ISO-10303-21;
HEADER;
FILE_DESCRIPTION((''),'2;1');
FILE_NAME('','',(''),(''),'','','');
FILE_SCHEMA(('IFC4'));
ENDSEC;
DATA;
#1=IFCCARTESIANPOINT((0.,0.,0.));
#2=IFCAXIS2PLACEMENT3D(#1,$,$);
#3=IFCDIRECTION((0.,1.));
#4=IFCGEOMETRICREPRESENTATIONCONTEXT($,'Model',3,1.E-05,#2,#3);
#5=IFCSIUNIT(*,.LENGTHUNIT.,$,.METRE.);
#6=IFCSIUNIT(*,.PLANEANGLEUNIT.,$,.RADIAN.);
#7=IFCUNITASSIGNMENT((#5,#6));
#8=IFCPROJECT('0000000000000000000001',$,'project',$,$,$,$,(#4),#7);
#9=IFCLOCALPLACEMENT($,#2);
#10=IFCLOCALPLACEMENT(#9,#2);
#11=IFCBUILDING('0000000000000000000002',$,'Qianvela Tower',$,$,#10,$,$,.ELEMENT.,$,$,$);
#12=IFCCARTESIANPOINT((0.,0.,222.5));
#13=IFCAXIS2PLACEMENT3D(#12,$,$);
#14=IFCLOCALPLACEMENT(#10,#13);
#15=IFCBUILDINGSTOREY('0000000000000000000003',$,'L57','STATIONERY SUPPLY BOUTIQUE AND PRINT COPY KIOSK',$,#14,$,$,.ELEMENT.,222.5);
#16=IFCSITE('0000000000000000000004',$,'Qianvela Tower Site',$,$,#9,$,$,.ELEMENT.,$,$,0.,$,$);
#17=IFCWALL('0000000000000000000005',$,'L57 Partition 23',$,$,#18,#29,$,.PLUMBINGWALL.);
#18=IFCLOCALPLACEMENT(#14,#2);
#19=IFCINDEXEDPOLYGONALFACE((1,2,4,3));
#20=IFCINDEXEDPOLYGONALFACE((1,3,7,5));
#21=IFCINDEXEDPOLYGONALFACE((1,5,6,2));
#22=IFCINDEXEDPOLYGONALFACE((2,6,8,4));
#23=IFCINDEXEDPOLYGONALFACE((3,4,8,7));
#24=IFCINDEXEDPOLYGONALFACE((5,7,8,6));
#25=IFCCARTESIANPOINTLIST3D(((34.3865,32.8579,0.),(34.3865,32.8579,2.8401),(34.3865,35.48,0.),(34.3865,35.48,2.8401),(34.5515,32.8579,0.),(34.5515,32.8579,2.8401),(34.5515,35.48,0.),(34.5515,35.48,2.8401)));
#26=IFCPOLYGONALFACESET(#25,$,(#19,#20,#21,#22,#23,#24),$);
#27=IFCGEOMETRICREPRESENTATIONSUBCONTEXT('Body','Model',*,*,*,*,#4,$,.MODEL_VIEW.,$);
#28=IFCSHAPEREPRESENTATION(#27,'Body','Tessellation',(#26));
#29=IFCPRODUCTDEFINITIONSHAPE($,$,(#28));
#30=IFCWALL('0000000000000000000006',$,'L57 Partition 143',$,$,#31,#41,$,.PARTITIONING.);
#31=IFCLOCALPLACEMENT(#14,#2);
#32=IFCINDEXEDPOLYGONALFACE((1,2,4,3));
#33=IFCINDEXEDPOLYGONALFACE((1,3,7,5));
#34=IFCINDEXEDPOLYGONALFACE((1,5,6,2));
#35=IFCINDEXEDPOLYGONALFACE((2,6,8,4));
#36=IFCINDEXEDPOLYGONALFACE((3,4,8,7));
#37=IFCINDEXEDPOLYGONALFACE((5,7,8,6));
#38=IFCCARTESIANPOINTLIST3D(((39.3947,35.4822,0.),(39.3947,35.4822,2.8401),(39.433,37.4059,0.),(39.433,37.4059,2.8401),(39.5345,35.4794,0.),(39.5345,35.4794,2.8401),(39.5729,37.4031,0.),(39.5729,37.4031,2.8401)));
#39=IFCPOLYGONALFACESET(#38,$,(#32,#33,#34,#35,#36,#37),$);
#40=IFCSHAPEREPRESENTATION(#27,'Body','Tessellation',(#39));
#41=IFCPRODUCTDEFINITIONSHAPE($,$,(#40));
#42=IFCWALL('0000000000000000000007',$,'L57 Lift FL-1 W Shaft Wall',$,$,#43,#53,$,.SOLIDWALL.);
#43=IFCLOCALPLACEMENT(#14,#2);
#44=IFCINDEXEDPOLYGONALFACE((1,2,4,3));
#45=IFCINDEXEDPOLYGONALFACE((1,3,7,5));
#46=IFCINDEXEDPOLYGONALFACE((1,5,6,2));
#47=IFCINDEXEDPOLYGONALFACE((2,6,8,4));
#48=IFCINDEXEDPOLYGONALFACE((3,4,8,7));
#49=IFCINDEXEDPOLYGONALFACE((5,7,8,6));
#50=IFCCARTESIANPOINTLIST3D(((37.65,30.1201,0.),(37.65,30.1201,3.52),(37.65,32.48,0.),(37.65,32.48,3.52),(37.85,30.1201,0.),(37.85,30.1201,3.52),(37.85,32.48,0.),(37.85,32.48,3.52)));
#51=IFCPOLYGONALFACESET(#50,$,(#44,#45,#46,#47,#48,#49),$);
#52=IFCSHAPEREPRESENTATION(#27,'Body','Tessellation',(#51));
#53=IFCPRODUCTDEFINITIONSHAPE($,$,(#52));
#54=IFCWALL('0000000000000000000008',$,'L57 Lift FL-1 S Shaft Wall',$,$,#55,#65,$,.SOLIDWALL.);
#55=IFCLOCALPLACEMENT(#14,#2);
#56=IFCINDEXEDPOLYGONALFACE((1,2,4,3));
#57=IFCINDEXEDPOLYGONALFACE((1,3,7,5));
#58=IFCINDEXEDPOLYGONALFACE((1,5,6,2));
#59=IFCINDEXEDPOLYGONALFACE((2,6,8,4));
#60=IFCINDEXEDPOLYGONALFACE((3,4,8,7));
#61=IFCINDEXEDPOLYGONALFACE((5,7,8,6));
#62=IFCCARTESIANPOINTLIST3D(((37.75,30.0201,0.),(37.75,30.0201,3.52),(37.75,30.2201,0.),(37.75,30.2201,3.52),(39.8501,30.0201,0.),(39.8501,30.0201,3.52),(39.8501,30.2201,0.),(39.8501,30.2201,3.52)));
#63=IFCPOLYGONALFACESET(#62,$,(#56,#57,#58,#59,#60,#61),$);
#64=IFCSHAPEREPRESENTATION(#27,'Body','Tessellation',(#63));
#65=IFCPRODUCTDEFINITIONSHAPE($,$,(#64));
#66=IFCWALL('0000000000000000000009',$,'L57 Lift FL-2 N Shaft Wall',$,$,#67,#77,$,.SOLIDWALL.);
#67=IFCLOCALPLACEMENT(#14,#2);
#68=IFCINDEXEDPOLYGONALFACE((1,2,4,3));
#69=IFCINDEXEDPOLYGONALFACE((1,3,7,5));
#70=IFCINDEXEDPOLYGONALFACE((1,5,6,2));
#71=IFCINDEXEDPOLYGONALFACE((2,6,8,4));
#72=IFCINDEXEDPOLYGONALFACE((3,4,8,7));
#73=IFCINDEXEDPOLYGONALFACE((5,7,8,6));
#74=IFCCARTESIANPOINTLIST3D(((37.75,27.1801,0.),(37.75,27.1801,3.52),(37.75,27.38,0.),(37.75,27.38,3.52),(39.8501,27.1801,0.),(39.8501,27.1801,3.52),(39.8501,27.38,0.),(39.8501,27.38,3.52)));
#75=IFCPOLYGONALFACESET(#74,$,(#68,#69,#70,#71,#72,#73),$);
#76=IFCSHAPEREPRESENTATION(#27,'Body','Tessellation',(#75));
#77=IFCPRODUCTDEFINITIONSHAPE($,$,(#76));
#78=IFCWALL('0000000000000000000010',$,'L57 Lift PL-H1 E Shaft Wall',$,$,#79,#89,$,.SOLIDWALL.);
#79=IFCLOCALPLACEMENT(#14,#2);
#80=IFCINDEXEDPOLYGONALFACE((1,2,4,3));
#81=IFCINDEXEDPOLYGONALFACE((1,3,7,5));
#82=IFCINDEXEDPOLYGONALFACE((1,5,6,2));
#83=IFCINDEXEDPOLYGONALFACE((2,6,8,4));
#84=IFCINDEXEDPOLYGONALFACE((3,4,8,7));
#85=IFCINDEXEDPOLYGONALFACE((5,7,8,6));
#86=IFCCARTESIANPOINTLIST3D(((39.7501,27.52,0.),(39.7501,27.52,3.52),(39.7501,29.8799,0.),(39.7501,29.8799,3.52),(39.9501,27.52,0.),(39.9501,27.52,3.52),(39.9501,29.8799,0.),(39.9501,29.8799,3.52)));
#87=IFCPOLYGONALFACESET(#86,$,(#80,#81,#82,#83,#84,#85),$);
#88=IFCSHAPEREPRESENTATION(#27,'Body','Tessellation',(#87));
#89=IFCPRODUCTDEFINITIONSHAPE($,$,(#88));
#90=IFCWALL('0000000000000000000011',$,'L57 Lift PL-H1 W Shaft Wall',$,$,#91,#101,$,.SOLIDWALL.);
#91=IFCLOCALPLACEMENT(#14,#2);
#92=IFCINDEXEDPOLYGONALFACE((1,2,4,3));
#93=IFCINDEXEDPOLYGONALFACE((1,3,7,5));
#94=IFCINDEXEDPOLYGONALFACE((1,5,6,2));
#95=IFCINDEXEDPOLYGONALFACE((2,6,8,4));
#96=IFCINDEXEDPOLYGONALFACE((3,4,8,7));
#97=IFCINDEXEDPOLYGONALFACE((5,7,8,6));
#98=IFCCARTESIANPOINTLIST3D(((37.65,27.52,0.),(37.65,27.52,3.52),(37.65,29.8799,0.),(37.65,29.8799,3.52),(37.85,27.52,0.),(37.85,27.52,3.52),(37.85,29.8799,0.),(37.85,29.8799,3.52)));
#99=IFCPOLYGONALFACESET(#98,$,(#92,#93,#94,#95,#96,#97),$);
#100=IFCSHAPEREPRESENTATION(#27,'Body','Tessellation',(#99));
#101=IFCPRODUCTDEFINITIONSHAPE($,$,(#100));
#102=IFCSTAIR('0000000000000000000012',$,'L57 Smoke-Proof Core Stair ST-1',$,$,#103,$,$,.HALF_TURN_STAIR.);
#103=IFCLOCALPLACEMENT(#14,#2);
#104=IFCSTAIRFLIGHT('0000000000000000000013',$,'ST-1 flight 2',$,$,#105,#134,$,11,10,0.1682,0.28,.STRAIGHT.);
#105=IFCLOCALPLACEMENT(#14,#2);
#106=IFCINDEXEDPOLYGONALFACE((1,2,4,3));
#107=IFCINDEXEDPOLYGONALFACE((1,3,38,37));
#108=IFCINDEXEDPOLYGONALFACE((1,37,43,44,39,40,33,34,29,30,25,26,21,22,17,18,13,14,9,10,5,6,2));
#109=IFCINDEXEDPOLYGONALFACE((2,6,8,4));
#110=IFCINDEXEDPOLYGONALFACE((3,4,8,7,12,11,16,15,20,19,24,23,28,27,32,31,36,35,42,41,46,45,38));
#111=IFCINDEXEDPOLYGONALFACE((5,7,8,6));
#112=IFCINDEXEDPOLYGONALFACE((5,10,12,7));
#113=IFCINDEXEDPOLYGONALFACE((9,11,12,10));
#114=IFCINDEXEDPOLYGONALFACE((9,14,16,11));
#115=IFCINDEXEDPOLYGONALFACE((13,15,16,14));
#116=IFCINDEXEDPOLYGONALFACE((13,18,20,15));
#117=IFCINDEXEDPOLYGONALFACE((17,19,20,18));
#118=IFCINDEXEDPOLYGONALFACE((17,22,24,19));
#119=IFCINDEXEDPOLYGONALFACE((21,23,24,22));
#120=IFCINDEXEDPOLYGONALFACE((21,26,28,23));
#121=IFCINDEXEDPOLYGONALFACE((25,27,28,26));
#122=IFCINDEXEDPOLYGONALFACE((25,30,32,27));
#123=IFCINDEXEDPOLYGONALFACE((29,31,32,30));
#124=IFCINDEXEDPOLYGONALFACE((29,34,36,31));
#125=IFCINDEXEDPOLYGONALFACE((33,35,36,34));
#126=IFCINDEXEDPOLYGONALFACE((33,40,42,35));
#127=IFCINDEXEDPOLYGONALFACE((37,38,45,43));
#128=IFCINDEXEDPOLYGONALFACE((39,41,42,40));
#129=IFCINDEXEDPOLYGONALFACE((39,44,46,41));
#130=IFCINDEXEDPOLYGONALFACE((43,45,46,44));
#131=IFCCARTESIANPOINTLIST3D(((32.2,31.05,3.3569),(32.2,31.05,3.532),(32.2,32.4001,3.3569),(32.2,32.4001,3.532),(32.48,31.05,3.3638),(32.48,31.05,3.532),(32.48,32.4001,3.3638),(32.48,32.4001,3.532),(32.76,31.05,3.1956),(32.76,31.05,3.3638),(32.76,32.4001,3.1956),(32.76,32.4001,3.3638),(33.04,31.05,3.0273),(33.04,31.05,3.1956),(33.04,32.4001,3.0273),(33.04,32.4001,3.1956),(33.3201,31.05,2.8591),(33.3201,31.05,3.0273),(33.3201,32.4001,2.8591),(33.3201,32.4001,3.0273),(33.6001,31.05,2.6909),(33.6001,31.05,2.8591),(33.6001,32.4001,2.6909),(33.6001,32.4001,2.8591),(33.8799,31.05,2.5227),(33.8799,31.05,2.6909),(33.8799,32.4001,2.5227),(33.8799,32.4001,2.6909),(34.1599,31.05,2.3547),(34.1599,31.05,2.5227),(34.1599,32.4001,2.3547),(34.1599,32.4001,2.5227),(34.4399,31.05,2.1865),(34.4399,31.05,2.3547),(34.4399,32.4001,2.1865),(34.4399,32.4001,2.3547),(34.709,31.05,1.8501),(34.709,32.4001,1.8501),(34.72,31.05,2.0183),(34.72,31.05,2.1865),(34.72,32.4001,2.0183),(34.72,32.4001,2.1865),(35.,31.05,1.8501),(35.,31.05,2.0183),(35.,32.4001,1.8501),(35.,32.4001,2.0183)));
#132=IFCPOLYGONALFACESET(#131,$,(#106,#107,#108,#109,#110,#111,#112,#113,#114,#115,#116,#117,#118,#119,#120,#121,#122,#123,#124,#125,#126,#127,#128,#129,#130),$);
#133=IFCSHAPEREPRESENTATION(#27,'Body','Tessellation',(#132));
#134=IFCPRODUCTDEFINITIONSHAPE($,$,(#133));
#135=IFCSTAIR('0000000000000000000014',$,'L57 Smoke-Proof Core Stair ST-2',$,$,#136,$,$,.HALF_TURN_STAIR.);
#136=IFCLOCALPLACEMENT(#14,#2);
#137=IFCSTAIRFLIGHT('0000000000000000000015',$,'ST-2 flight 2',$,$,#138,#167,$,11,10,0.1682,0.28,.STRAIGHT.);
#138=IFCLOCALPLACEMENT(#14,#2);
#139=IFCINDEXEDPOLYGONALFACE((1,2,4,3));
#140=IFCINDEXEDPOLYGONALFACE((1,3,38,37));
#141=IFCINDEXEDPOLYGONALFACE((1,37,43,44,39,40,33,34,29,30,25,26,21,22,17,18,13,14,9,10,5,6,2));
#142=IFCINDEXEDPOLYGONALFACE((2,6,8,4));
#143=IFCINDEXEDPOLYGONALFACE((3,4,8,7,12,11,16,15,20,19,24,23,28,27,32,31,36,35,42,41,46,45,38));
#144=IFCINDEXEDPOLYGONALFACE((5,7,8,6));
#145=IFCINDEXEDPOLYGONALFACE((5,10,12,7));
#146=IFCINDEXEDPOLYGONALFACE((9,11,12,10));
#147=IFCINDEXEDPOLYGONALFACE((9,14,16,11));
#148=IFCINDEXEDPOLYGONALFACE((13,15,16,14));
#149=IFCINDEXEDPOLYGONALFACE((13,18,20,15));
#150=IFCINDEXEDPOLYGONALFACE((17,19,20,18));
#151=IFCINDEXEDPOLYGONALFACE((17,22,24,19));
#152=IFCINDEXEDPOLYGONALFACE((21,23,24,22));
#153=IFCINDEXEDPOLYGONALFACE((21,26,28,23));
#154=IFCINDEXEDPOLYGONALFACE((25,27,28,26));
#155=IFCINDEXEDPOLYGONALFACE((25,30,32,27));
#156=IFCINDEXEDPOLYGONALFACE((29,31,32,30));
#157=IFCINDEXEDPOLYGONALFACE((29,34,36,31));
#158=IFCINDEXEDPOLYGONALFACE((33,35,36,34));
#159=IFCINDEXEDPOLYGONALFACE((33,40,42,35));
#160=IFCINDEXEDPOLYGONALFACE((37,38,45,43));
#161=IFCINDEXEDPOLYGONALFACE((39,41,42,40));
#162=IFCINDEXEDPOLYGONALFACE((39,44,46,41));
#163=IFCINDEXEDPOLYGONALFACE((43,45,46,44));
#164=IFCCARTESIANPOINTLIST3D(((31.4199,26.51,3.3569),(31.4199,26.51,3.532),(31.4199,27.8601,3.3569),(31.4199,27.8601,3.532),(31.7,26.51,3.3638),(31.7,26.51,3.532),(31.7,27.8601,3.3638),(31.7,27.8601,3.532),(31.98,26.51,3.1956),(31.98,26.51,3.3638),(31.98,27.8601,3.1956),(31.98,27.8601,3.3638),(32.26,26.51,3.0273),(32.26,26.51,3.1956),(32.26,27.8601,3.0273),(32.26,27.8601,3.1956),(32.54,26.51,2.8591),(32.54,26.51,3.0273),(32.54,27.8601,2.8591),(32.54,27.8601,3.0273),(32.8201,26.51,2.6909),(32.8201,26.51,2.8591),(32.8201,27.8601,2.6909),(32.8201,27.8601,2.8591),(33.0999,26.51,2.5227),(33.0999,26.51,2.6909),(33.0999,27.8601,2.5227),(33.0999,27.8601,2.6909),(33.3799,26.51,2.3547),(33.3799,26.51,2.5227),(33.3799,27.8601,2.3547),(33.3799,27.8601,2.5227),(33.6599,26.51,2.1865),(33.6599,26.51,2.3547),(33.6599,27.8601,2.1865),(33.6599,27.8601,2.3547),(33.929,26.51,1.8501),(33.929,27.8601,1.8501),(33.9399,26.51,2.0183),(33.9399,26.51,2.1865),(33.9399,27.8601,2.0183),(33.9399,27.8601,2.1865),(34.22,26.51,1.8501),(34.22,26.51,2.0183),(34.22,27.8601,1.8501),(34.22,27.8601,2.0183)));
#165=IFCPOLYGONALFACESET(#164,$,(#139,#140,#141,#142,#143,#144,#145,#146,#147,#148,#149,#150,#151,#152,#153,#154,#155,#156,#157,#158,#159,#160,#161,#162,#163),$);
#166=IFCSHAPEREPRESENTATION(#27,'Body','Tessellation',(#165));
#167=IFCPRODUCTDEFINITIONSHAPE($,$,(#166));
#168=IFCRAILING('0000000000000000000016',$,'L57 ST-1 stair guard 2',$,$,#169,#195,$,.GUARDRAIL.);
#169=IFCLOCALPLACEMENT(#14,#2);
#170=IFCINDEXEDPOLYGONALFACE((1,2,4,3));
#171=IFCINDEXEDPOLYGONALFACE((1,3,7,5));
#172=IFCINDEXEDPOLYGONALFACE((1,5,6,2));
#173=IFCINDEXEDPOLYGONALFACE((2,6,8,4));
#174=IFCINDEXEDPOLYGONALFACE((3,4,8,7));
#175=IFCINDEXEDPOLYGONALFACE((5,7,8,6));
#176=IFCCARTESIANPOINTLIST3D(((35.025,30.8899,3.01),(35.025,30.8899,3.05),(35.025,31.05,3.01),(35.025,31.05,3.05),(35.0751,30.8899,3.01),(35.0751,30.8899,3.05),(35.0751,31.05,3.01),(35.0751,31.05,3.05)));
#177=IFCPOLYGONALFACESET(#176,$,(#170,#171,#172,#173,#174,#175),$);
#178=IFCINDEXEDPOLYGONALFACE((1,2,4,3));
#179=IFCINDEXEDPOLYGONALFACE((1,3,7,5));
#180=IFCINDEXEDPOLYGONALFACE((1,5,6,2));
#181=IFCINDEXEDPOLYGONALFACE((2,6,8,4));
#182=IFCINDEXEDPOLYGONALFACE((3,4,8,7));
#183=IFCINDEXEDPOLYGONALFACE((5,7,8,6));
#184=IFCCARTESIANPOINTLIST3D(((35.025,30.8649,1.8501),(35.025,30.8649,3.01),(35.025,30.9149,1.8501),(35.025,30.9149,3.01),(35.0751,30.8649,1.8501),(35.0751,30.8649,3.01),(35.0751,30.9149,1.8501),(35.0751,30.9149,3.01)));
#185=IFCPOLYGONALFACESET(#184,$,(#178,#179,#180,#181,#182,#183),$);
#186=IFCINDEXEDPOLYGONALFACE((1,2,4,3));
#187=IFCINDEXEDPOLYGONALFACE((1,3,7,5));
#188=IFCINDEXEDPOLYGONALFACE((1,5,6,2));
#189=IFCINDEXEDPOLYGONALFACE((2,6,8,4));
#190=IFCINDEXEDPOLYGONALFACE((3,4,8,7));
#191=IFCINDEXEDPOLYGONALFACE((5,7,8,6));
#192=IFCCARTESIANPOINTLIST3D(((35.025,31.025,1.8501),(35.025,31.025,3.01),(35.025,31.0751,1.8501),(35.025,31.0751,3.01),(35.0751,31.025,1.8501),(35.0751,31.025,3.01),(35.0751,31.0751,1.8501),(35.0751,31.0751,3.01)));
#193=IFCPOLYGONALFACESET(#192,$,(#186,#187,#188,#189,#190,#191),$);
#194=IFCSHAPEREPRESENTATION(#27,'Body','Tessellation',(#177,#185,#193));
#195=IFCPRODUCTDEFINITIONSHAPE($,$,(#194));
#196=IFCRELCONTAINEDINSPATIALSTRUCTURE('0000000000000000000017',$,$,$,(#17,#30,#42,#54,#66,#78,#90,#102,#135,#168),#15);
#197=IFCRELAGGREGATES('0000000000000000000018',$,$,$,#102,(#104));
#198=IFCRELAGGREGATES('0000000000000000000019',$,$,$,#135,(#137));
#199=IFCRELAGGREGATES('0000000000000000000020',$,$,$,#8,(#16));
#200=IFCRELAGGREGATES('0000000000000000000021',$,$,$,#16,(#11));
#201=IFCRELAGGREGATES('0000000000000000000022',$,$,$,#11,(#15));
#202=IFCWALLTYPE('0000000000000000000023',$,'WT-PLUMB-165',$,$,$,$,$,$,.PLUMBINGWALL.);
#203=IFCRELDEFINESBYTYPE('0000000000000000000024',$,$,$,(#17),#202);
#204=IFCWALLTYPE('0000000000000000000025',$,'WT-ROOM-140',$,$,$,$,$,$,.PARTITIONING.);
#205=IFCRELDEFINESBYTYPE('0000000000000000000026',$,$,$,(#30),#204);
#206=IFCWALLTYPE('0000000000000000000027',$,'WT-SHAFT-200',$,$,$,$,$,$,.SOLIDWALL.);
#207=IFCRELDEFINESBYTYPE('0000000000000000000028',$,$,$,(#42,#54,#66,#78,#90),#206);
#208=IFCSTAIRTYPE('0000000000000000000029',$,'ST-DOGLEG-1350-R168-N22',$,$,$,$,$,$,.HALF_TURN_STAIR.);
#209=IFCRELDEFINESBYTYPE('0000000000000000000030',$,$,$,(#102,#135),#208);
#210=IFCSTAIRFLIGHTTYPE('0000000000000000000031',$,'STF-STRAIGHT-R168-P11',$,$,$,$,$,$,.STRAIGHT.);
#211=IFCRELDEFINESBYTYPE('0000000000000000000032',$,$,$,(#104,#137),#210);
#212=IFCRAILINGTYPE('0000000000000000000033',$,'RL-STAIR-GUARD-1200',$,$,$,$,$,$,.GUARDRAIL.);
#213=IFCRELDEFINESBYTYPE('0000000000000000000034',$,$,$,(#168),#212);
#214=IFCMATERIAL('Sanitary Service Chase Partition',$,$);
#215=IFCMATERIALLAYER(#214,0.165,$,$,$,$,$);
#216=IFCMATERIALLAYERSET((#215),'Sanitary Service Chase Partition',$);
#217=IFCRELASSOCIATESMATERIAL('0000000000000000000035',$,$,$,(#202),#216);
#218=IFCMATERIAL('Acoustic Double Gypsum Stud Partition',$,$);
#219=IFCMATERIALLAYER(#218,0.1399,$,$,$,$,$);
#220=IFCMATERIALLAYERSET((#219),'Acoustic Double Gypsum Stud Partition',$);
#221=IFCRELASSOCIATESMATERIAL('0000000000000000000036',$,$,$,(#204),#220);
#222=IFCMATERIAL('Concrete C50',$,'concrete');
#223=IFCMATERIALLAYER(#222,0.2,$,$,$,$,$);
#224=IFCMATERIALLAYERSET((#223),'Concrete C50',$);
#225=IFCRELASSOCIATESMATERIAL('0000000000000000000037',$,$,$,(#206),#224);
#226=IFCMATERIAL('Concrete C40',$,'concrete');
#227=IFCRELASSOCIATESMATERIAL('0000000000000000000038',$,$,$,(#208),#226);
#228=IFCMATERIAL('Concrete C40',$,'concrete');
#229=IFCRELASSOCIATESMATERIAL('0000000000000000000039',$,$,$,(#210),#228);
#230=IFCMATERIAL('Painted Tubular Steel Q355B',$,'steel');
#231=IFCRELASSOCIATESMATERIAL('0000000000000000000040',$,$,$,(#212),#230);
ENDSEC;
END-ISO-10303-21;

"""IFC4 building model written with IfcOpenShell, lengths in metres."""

from ifc_helpers import new_model, si_unit, direction, frame, frame_2d, origin, origin_2d, place, context, subcontext, project, spatial, polyline, rectangle, outline, extrude, material, layer, layer_set, type_object, element, aggregate, save


model = new_model("IFC4")

# Units and contexts
model_context = context("Model", 3, precision=1e-05, world=origin(), true_north=direction((0.0, 1.0)))
body_context = subcontext(model_context, "Body", "Model", "MODEL_VIEW")
ifc_project = project(units=[si_unit("LENGTHUNIT", "METRE"), si_unit("PLANEANGLEUNIT", "RADIAN")], contexts=[model_context])

# Site, building, storey
site_placement = place(None, origin())
site = spatial("IfcSite", under=ifc_project, at=site_placement, Name="Qianvela Tower Site", CompositionType="ELEMENT", RefElevation=0.0)
building_placement = place(site_placement, origin())
building = spatial("IfcBuilding", under=site, at=building_placement, Name="Qianvela Tower", CompositionType="ELEMENT")
storey_placement = place(building_placement, frame((0.0, 0.0, 222.5)))
storey = spatial("IfcBuildingStorey", under=building, at=storey_placement, Name="L57", Description="STATIONERY SUPPLY BOUTIQUE AND PRINT COPY KIOSK", CompositionType="ELEMENT", Elevation=222.5)

# Walls
ifc_material_1 = material(Name="Sanitary Service Chase Partition")
ifc_layer_1 = layer(ifc_material_1, 0.165)
ifc_layer_set_1 = layer_set([ifc_layer_1], Name="Sanitary Service Chase Partition")
wall_type_1 = type_object("IfcWallType", Name="WT-PLUMB-165", PredefinedType="PLUMBINGWALL", material=ifc_layer_set_1)
wall_1_placement = place(storey_placement, frame((34.469, 35.48, 0.0), z_axis=(0.0, 0.0, 1.0), x_axis=(0.0, -1.0, 0.0)))
element("IfcWall", 1, at=wall_1_placement, inside=storey, type_object=wall_type_1, Name="L57 Partition 23", PredefinedType="PLUMBINGWALL", context=body_context, shape_type="SweptSolid", body=[
    extrude(rectangle(XDim=2.6221, YDim=0.165, at=frame_2d((1.311, 0.0))), origin(), (0.0, 0.0, 1.0), 2.8401),
])
ifc_material_2 = material(Name="Acoustic Double Gypsum Stud Partition")
ifc_layer_2 = layer(ifc_material_2, 0.1399)
ifc_layer_set_2 = layer_set([ifc_layer_2], Name="Acoustic Double Gypsum Stud Partition")
wall_type_2 = type_object("IfcWallType", Name="WT-ROOM-140", PredefinedType="PARTITIONING", material=ifc_layer_set_2)
wall_2_placement = place(storey_placement, frame((39.4646, 35.481, 0.0), z_axis=(0.0, 0.0, 1.0), x_axis=(0.019922, 0.999802, 0.0)))
element("IfcWall", 2, at=wall_2_placement, inside=storey, type_object=wall_type_2, Name="L57 Partition 143", PredefinedType="PARTITIONING", context=body_context, shape_type="SweptSolid", body=[
    extrude(rectangle(XDim=1.9241, YDim=0.1399, at=frame_2d((0.9619, 0.0))), origin(), (0.0, 0.0, 1.0), 2.8401),
])

# Shared definitions
ifc_material_3 = material(Name="Concrete C50", Category="concrete")
ifc_layer_3 = layer(ifc_material_3, 0.2)
ifc_layer_set_3 = layer_set([ifc_layer_3], Name="Concrete C50")
wall_type_3 = type_object("IfcWallType", Name="WT-SHAFT-200", PredefinedType="SOLIDWALL", material=ifc_layer_set_3)

# Walls
wall_3_placement = place(storey_placement, frame((37.75, 30.1201, 0.0), z_axis=(0.0, 0.0, 1.0), x_axis=(0.0, 1.0, 0.0)))
element("IfcWall", 3, at=wall_3_placement, inside=storey, type_object=wall_type_3, Name="L57 Lift FL-1 W Shaft Wall", PredefinedType="SOLIDWALL", context=body_context, shape_type="SweptSolid", body=[
    extrude(rectangle(XDim=2.3599, YDim=0.2, at=frame_2d((1.1799, 0.0))), origin(), (0.0, 0.0, 1.0), 3.52),
])
for number, where, z_axis, x_axis, name in (
    (4, (37.75, 30.1201, 0.0), (0.0, 0.0, 1.0), (1.0, 0.0, 0.0), "L57 Lift FL-1 S Shaft Wall"),
    (5, (37.75, 27.28, 0.0), (0.0, 0.0, 1.0), (1.0, 0.0, 0.0), "L57 Lift FL-2 N Shaft Wall"),
):
    element("IfcWall", number, at=place(storey_placement, frame(where, z_axis=z_axis, x_axis=x_axis)), inside=storey, type_object=wall_type_3, Name=name, PredefinedType="SOLIDWALL", context=body_context, shape_type="SweptSolid", body=[
        extrude(rectangle(XDim=2.1001, YDim=0.2, at=frame_2d((1.05, 0.0))), origin(), (0.0, 0.0, 1.0), 3.52),
    ])
for number, where, z_axis, x_axis, name in (
    (6, (39.8501, 27.52, 0.0), (0.0, 0.0, 1.0), (0.0, 1.0, 0.0), "L57 Lift PL-H1 E Shaft Wall"),
    (7, (37.75, 27.52, 0.0), (0.0, 0.0, 1.0), (0.0, 1.0, 0.0), "L57 Lift PL-H1 W Shaft Wall"),
):
    element("IfcWall", number, at=place(storey_placement, frame(where, z_axis=z_axis, x_axis=x_axis)), inside=storey, type_object=wall_type_3, Name=name, PredefinedType="SOLIDWALL", context=body_context, shape_type="SweptSolid", body=[
        extrude(rectangle(XDim=2.3599, YDim=0.2, at=frame_2d((1.1799, 0.0))), origin(), (0.0, 0.0, 1.0), 3.52),
    ])

# Stairs, stair flights
ifc_material_4 = material(Name="Concrete C40", Category="concrete")
stair_type = type_object("IfcStairType", Name="ST-DOGLEG-1350-R168-N22", PredefinedType="HALF_TURN_STAIR", material=ifc_material_4)
stair_1_placement = place(storey_placement, origin())
stair_1 = element("IfcStair", 8, at=stair_1_placement, inside=storey, type_object=stair_type, Name="L57 Smoke-Proof Core Stair ST-1", PredefinedType="HALF_TURN_STAIR")
ifc_material_5 = material(Name="Concrete C40", Category="concrete")
stair_flight_type = type_object("IfcStairFlightType", Name="STF-STRAIGHT-R168-P11", PredefinedType="STRAIGHT", material=ifc_material_5)
stair_flight_1_placement = place(storey_placement, frame((35.0, 31.7251, 1.8501), z_axis=(0.0, 0.0, 1.0), x_axis=(-1.0, 0.0, 0.0)))
stair_flight_1 = element("IfcStairFlight", 9, at=stair_flight_1_placement, type_object=stair_flight_type, Name="ST-1 flight 2", NumberOfRisers=11, NumberOfTreads=10, PredefinedType="STRAIGHT", RiserHeight=0.1682, TreadLength=0.28, context=body_context, shape_type="SweptSolid", body=[
    extrude(outline(polyline([(0.0, 0.0), (0.0, 0.1682), (0.28, 0.1682), (0.28, 0.3364), (0.5601, 0.3364), (0.5601, 0.5046), (0.8401, 0.5046), (0.8401, 0.6726), (1.1201, 0.6726), (1.1201, 0.8408), (1.3999, 0.8408), (1.3999, 1.009), (1.6799, 1.009), (1.6799, 1.1772), (1.96, 1.1772), (1.96, 1.3455), (2.24, 1.3455), (2.24, 1.5137), (2.52, 1.5137), (2.52, 1.6819), (2.8, 1.6819), (2.8, 1.8501), (2.8, 1.5068), (0.291, 0.0), (0.0, 0.0)])), frame((0.0, 0.675, 0.0), z_axis=(0.0, -1.0, 0.0), x_axis=(1.0, 0.0, 0.0)), (0.0, 0.0, 1.0), 1.3501),
])
aggregate(stair_1, [stair_flight_1])
stair_2_placement = place(storey_placement, origin())
stair_2 = element("IfcStair", 10, at=stair_2_placement, inside=storey, type_object=stair_type, Name="L57 Smoke-Proof Core Stair ST-2", PredefinedType="HALF_TURN_STAIR")
stair_flight_2_placement = place(storey_placement, frame((34.22, 27.1851, 1.8501), z_axis=(0.0, 0.0, 1.0), x_axis=(-1.0, 0.0, 0.0)))
stair_flight_2 = element("IfcStairFlight", 11, at=stair_flight_2_placement, type_object=stair_flight_type, Name="ST-2 flight 2", NumberOfRisers=11, NumberOfTreads=10, PredefinedType="STRAIGHT", RiserHeight=0.1682, TreadLength=0.28, context=body_context, shape_type="SweptSolid", body=[
    extrude(outline(polyline([(0.0, 0.0), (0.0, 0.1682), (0.28, 0.1682), (0.28, 0.3364), (0.5601, 0.3364), (0.5601, 0.5046), (0.8401, 0.5046), (0.8401, 0.6726), (1.1201, 0.6726), (1.1201, 0.8408), (1.3999, 0.8408), (1.3999, 1.009), (1.6799, 1.009), (1.6799, 1.1772), (1.96, 1.1772), (1.96, 1.3455), (2.24, 1.3455), (2.24, 1.5137), (2.52, 1.5137), (2.52, 1.6819), (2.8, 1.6819), (2.8, 1.8501), (2.8, 1.5068), (0.291, 0.0), (0.0, 0.0)])), frame((0.0, 0.675, 0.0), z_axis=(0.0, -1.0, 0.0), x_axis=(1.0, 0.0, 0.0)), (0.0, 0.0, 1.0), 1.3501),
])
aggregate(stair_2, [stair_flight_2])

# Railing
ifc_material_6 = material(Name="Painted Tubular Steel Q355B", Category="steel")
railing_type_1 = type_object("IfcRailingType", Name="RL-STAIR-GUARD-1200", PredefinedType="GUARDRAIL", material=ifc_material_6)
railing_placement = place(storey_placement, frame((35.05, 30.8899, 1.8501)))
element("IfcRailing", 12, at=railing_placement, inside=storey, type_object=railing_type_1, Name="L57 ST-1 stair guard 2", PredefinedType="GUARDRAIL", context=body_context, shape_type="SweptSolid", body=[
    extrude(rectangle(XDim=0.05, YDim=0.04, at=origin_2d()), frame((0.0, 0.0, 1.1799), z_axis=(0.0, 1.0, 0.0), x_axis=(-1.0, 0.0, 0.0)), (0.0, 0.0, 1.0), 0.1602),
    extrude(rectangle(XDim=0.05, YDim=0.05, at=origin_2d()), origin(), (0.0, 0.0, 1.0), 1.1599),
    extrude(rectangle(XDim=0.05, YDim=0.05, at=origin_2d()), frame((0.0, 0.1602, 0.0)), (0.0, 0.0, 1.0), 1.1599),
])

save(model, "model.ifc")
